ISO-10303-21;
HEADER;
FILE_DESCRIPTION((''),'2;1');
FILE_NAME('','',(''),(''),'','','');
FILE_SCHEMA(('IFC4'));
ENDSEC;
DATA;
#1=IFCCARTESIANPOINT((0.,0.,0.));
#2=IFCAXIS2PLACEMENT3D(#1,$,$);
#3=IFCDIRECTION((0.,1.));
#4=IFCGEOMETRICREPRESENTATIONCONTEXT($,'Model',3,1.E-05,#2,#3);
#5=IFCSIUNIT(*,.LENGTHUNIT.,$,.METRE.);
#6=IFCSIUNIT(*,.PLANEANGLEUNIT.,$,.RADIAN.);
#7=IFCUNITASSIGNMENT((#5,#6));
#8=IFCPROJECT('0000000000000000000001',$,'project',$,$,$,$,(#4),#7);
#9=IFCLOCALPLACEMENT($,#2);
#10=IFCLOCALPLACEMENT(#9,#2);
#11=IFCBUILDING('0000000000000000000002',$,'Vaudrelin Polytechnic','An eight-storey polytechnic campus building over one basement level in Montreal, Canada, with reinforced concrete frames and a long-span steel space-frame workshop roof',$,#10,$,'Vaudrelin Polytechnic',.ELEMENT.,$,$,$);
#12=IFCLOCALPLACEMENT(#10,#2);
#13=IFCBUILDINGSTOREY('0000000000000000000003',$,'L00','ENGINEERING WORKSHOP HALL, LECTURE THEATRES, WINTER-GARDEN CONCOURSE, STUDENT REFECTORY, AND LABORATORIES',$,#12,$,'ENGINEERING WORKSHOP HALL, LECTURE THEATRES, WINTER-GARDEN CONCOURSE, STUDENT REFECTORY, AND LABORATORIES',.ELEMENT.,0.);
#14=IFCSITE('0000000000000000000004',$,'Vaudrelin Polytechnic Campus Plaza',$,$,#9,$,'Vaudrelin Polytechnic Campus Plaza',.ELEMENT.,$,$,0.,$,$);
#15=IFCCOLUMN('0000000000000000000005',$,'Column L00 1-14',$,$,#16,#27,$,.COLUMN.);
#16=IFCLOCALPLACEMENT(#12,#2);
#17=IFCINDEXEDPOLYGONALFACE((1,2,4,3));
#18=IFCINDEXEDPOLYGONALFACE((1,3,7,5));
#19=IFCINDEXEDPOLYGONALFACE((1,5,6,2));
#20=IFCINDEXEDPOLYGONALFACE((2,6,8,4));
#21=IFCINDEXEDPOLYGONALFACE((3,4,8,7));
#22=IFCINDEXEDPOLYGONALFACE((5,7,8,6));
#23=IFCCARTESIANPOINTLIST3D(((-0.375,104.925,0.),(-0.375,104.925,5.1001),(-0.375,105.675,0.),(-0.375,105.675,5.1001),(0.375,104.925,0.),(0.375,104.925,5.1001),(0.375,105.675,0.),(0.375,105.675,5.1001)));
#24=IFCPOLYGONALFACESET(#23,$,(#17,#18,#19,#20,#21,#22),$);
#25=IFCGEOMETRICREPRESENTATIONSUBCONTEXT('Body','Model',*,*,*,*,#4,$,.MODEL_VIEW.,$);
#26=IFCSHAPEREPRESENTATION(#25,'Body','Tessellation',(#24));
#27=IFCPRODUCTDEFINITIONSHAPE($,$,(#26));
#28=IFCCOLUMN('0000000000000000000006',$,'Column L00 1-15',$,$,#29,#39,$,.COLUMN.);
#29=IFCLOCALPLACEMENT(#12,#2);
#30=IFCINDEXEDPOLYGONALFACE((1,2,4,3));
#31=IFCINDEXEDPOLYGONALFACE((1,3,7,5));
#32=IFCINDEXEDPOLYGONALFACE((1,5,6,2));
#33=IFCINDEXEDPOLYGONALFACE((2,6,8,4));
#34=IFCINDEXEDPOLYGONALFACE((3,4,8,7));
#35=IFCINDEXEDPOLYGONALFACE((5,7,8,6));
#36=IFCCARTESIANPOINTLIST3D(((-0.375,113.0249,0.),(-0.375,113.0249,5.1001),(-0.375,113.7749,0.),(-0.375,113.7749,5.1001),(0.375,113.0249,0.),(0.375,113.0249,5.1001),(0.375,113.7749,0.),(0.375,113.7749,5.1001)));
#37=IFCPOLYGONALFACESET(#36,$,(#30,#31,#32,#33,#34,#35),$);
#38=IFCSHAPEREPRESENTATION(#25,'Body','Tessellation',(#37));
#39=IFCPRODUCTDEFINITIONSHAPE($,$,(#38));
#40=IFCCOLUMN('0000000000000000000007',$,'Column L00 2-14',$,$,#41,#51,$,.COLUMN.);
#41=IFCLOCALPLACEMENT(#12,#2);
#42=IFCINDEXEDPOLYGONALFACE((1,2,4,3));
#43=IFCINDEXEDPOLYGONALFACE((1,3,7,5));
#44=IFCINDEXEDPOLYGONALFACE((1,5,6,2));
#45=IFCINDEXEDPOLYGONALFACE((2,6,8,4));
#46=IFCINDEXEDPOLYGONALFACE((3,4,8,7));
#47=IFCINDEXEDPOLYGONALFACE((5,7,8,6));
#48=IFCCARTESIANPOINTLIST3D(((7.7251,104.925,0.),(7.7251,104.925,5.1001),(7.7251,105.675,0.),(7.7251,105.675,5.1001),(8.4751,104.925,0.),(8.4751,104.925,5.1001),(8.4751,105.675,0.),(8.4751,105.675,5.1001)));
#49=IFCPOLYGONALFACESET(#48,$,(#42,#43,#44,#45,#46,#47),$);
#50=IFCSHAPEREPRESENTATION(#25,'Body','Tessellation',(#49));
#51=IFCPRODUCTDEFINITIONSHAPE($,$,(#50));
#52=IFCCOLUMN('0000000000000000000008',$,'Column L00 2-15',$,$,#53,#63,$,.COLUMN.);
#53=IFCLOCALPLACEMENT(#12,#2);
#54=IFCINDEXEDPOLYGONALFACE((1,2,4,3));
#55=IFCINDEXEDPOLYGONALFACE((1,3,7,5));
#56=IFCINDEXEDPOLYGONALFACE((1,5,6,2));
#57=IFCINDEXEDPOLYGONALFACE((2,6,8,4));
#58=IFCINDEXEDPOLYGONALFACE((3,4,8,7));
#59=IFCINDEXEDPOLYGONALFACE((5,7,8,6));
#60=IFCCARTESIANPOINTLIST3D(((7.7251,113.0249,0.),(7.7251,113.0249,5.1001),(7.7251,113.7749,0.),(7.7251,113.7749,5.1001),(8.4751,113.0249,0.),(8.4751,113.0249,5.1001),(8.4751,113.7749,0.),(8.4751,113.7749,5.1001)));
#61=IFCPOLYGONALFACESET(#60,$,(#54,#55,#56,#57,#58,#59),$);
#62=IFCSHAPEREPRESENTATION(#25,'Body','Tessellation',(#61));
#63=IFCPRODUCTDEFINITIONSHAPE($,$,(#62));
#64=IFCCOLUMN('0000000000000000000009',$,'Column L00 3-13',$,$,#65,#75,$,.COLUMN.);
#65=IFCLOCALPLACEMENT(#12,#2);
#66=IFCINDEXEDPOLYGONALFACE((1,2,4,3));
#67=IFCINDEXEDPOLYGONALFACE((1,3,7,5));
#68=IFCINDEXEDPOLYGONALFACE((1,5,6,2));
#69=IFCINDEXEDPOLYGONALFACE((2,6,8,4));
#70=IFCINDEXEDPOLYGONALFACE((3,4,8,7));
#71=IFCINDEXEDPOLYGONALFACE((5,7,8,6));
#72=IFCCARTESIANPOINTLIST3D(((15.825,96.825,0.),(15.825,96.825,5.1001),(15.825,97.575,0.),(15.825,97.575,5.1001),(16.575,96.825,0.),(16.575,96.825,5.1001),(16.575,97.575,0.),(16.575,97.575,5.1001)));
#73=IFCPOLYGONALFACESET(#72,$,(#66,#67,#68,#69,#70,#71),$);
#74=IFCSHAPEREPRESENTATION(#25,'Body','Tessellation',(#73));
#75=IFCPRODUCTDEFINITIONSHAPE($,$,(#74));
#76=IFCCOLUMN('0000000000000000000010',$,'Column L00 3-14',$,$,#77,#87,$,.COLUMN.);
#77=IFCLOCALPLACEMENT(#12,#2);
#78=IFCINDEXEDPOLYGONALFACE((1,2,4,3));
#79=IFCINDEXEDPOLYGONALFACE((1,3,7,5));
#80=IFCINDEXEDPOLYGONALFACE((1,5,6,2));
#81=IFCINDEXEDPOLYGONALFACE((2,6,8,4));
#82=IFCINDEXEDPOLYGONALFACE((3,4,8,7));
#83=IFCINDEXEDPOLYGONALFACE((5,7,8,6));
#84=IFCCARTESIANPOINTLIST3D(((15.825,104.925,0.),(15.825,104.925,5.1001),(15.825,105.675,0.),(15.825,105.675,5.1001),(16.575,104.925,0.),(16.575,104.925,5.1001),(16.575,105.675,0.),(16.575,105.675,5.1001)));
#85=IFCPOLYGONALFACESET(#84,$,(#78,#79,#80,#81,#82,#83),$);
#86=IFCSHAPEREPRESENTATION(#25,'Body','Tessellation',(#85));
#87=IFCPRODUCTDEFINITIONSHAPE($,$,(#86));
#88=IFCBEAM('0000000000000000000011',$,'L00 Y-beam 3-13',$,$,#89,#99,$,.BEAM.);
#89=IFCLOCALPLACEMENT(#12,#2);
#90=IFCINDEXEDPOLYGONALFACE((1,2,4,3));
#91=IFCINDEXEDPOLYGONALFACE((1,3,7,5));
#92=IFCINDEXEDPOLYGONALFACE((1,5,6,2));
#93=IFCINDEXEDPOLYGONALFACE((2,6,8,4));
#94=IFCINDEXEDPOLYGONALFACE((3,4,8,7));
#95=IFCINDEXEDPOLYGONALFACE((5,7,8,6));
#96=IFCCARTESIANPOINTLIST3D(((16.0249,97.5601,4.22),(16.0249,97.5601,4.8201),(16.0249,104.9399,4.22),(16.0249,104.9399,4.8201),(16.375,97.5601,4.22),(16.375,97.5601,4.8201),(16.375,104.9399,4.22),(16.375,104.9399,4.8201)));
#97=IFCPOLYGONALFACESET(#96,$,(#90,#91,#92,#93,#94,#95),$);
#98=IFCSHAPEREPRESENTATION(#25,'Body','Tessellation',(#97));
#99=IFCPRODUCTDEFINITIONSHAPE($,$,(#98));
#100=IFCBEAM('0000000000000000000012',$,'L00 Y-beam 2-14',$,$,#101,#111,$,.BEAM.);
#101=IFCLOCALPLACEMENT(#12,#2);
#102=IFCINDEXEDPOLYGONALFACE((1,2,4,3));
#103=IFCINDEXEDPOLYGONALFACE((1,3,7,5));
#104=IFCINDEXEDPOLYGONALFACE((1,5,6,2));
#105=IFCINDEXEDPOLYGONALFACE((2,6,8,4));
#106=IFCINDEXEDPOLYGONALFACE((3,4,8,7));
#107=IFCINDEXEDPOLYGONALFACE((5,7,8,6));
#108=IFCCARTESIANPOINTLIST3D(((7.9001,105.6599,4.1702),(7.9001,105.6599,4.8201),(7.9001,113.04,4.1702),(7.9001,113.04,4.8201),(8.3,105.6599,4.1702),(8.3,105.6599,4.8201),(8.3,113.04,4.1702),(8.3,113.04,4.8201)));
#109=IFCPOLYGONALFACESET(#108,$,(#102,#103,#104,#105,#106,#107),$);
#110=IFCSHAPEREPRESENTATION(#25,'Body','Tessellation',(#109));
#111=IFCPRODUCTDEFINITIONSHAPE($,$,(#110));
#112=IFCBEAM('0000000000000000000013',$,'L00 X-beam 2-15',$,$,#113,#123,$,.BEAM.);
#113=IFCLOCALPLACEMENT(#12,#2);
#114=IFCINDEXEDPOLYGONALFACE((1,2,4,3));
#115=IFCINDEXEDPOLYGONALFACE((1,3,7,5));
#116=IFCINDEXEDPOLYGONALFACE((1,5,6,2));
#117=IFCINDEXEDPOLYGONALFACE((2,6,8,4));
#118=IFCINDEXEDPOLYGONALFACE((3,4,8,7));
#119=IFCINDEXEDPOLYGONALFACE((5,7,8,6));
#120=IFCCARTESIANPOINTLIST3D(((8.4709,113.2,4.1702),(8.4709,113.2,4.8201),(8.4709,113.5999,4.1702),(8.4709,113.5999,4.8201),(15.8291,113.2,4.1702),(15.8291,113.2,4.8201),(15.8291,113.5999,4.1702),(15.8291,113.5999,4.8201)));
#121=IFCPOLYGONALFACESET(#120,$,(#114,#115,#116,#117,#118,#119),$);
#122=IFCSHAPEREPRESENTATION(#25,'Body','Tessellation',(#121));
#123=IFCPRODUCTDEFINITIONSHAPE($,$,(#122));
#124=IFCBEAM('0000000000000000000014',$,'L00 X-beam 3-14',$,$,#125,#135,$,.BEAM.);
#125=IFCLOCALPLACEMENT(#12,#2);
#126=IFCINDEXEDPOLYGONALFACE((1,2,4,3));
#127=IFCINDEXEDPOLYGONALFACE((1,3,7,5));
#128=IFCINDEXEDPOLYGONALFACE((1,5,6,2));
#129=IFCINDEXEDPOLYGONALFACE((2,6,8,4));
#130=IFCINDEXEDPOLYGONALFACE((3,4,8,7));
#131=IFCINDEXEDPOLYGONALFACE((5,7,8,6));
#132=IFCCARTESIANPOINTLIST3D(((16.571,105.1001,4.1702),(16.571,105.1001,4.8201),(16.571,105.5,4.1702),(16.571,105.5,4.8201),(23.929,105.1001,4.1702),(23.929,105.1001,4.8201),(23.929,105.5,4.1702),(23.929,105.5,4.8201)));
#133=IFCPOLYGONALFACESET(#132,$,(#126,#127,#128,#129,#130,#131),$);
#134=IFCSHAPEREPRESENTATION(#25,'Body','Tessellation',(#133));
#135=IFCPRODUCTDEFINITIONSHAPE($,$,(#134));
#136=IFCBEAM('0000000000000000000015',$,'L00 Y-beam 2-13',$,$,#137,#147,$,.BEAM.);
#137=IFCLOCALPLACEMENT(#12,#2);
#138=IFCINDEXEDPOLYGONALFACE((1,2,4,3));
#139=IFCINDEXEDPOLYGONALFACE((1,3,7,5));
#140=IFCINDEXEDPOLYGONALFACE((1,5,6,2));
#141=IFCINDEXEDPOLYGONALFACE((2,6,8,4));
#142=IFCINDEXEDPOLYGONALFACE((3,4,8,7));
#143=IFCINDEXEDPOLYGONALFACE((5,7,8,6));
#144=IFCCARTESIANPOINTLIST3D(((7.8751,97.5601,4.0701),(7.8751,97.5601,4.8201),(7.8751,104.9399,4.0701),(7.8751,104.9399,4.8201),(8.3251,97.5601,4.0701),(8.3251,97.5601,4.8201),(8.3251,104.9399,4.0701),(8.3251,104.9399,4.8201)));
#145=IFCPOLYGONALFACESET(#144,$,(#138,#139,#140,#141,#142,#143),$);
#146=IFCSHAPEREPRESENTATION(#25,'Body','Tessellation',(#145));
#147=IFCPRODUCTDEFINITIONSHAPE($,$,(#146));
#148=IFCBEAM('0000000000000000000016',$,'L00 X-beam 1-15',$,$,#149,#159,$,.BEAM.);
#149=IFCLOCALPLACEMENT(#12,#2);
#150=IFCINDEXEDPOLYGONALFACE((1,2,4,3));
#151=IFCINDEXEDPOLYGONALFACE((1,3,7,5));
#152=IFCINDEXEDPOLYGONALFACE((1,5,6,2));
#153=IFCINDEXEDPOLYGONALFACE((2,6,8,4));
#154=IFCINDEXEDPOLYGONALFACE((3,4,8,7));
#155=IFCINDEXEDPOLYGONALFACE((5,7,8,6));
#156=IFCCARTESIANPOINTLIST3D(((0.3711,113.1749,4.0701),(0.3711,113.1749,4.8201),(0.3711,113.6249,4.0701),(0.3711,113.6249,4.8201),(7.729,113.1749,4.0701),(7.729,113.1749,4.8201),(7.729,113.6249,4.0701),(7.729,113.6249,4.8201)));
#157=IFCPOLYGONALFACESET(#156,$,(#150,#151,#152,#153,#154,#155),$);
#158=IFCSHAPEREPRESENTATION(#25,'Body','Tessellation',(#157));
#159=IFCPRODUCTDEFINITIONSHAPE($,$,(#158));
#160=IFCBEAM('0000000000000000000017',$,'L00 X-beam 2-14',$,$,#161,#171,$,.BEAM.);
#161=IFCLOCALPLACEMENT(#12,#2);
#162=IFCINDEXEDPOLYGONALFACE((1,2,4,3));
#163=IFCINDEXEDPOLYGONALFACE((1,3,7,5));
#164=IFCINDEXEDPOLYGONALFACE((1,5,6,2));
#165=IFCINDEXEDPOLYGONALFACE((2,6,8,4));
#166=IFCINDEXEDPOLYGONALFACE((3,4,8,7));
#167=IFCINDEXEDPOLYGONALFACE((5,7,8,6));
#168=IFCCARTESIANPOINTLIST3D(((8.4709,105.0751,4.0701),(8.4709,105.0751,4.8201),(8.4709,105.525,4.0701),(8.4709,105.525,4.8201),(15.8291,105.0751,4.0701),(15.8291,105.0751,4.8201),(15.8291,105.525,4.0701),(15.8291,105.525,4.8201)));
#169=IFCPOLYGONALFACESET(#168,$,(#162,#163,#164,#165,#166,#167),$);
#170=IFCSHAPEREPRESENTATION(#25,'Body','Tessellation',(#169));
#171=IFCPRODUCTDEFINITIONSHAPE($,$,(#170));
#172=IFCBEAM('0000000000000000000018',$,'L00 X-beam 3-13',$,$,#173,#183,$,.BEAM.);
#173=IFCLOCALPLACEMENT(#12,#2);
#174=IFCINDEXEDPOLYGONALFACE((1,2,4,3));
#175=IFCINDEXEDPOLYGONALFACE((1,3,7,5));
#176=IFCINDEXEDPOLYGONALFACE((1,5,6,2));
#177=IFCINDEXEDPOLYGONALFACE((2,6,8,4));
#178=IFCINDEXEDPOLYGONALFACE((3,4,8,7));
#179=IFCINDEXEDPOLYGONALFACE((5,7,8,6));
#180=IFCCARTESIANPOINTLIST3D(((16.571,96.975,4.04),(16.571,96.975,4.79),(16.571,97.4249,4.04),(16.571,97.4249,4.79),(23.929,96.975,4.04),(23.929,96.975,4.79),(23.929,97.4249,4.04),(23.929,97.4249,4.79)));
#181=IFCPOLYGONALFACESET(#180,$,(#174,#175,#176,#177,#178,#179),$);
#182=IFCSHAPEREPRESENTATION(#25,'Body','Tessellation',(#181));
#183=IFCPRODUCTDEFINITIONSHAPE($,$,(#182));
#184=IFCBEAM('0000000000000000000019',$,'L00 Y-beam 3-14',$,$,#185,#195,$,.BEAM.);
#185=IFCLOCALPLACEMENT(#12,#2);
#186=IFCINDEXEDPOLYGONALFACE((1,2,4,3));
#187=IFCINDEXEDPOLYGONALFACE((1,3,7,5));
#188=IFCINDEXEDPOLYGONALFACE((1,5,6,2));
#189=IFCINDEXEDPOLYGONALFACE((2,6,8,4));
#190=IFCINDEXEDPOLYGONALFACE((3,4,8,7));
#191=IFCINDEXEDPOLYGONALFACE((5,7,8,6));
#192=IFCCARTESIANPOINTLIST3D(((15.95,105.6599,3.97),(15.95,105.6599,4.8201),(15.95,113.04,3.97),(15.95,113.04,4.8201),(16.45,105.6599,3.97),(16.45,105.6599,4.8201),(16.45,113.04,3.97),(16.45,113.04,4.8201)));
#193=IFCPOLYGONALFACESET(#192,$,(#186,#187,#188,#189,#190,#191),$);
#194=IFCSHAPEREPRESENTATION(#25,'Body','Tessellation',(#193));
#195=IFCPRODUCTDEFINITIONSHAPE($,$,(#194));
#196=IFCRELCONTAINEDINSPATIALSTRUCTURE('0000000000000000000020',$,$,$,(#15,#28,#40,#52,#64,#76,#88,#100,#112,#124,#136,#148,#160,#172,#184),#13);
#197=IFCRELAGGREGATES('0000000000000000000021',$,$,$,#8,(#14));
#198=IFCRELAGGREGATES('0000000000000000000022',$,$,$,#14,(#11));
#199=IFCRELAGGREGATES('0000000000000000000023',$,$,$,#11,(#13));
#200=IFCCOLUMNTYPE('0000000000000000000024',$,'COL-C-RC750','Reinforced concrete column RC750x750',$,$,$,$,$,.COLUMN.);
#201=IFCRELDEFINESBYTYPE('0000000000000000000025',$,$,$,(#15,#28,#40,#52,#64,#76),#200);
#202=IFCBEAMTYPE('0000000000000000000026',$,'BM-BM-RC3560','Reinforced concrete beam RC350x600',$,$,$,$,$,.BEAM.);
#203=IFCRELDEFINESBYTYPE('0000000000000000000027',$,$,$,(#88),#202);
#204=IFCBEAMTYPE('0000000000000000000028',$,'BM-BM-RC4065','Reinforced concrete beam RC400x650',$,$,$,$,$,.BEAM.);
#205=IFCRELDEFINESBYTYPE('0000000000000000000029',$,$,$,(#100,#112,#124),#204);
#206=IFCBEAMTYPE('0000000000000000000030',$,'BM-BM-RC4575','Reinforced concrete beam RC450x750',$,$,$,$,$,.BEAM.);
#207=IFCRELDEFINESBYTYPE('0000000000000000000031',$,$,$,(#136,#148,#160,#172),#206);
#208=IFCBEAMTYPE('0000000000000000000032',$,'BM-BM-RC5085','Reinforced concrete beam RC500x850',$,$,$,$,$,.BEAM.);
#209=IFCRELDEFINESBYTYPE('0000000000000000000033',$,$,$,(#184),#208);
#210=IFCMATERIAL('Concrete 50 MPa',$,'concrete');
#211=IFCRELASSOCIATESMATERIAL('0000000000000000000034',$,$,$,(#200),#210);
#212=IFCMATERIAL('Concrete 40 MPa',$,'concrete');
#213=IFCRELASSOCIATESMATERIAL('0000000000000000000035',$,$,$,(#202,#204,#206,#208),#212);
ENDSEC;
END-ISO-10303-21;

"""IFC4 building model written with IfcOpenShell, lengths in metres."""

from ifc_helpers import new_model, si_unit, direction, frame, origin, origin_2d, place, context, subcontext, project, spatial, rectangle, extrude, material, material_profile, profile_set, type_object, element, save


model = new_model("IFC4")

# Units and contexts
model_context = context("Model", 3, precision=1e-05, world=origin(), true_north=direction((0.0, 1.0)))
body_context = subcontext(model_context, "Body", "Model", "MODEL_VIEW")
ifc_project = project(units=[si_unit("LENGTHUNIT", "METRE"), si_unit("PLANEANGLEUNIT", "RADIAN")], contexts=[model_context])

# Site, building, storey
site_placement = place(None, origin())
site = spatial("IfcSite", under=ifc_project, at=site_placement, Name="Vaudrelin Polytechnic Campus Plaza", LongName="Vaudrelin Polytechnic Campus Plaza", CompositionType="ELEMENT", RefElevation=0.0)
building_placement = place(site_placement, origin())
building = spatial("IfcBuilding", under=site, at=building_placement, Name="Vaudrelin Polytechnic", Description="An eight-storey polytechnic campus building over one basement level in Montreal, Canada, with reinforced concrete frames and a long-span steel space-frame workshop roof", LongName="Vaudrelin Polytechnic", CompositionType="ELEMENT")
storey_placement = place(building_placement, origin())
storey = spatial("IfcBuildingStorey", under=building, at=storey_placement, Name="L00", Description="ENGINEERING WORKSHOP HALL, LECTURE THEATRES, WINTER-GARDEN CONCOURSE, STUDENT REFECTORY, AND LABORATORIES", LongName="ENGINEERING WORKSHOP HALL, LECTURE THEATRES, WINTER-GARDEN CONCOURSE, STUDENT REFECTORY, AND LABORATORIES", CompositionType="ELEMENT", Elevation=0.0)

# Columns
ifc_material_1 = material(Name="Concrete 50 MPa", Category="concrete")
ifc_material_profile_1 = material_profile(ifc_material_1, rectangle(XDim=0.75, YDim=0.75, at=origin_2d()), Name="RC750x750")
ifc_profile_set_1 = profile_set([ifc_material_profile_1], Name="Concrete 50 MPa")
column_type = type_object("IfcColumnType", Name="COL-C-RC750", Description="Reinforced concrete column RC750x750", PredefinedType="COLUMN", material=ifc_profile_set_1)
for number, where, z_axis, x_axis, name in (
    (1, (0.0, 105.3, 0.0), (0.0, 0.0, 1.0), (1.0, 0.0, 0.0), "Column L00 1-14"),
    (2, (0.0, 113.3999, 0.0), (0.0, 0.0, 1.0), (1.0, 0.0, 0.0), "Column L00 1-15"),
    (3, (8.1001, 105.3, 0.0), (0.0, 0.0, 1.0), (1.0, 0.0, 0.0), "Column L00 2-14"),
    (4, (8.1001, 113.3999, 0.0), (0.0, 0.0, 1.0), (1.0, 0.0, 0.0), "Column L00 2-15"),
    (5, (16.2, 97.2, 0.0), (0.0, 0.0, 1.0), (1.0, 0.0, 0.0), "Column L00 3-13"),
    (6, (16.2, 105.3, 0.0), (0.0, 0.0, 1.0), (1.0, 0.0, 0.0), "Column L00 3-14"),
):
    element("IfcColumn", number, at=place(storey_placement, frame(where, z_axis=z_axis, x_axis=x_axis)), inside=storey, type_object=column_type, Name=name, PredefinedType="COLUMN", context=body_context, shape_type="SweptSolid", body=[
        extrude(rectangle(XDim=0.75, YDim=0.75, at=origin_2d()), origin(), (0.0, 0.0, 1.0), 5.1001),
    ])

# Beams
ifc_material_2 = material(Name="Concrete 40 MPa", Category="concrete")
ifc_material_profile_2 = material_profile(ifc_material_2, rectangle(XDim=0.3501, YDim=0.6001, at=origin_2d()), Name="RC350x600")
ifc_profile_set_2 = profile_set([ifc_material_profile_2], Name="Concrete 40 MPa")
beam_type_1 = type_object("IfcBeamType", Name="BM-BM-RC3560", Description="Reinforced concrete beam RC350x600", PredefinedType="BEAM", material=ifc_profile_set_2)
beam_1_placement = place(storey_placement, frame((16.2, 97.5601, 4.52), z_axis=(0.0, 1.0, 0.0), x_axis=(-1.0, 0.0, 0.0)))
element("IfcBeam", 7, at=beam_1_placement, inside=storey, type_object=beam_type_1, Name="L00 Y-beam 3-13", PredefinedType="BEAM", context=body_context, shape_type="SweptSolid", body=[
    extrude(rectangle(XDim=0.3501, YDim=0.6001, at=origin_2d()), origin(), (0.0, 0.0, 1.0), 7.3799),
])
ifc_material_profile_3 = material_profile(ifc_material_2, rectangle(XDim=0.3999, YDim=0.6499, at=origin_2d()), Name="RC400x650")
ifc_profile_set_3 = profile_set([ifc_material_profile_3], Name="Concrete 40 MPa")
beam_type_2 = type_object("IfcBeamType", Name="BM-BM-RC4065", Description="Reinforced concrete beam RC400x650", PredefinedType="BEAM", material=ifc_profile_set_3)
beam_2_placement = place(storey_placement, frame((8.1001, 105.6599, 4.4951), z_axis=(0.0, 1.0, 0.0), x_axis=(-1.0, 0.0, 0.0)))
element("IfcBeam", 8, at=beam_2_placement, inside=storey, type_object=beam_type_2, Name="L00 Y-beam 2-14", PredefinedType="BEAM", context=body_context, shape_type="SweptSolid", body=[
    extrude(rectangle(XDim=0.3999, YDim=0.6499, at=origin_2d()), origin(), (0.0, 0.0, 1.0), 7.3801),
])
beam_3_placement = place(storey_placement, frame((8.4709, 113.3999, 4.4951), z_axis=(1.0, 0.0, 0.0), x_axis=(0.0, 1.0, 0.0)))
element("IfcBeam", 9, at=beam_3_placement, inside=storey, type_object=beam_type_2, Name="L00 X-beam 2-15", PredefinedType="BEAM", context=body_context, shape_type="SweptSolid", body=[
    extrude(rectangle(XDim=0.3999, YDim=0.6499, at=origin_2d()), origin(), (0.0, 0.0, 1.0), 7.3582),
])
beam_4_placement = place(storey_placement, frame((16.571, 105.3, 4.4951), z_axis=(1.0, 0.0, 0.0), x_axis=(0.0, 1.0, 0.0)))
element("IfcBeam", 10, at=beam_4_placement, inside=storey, type_object=beam_type_2, Name="L00 X-beam 3-14", PredefinedType="BEAM", context=body_context, shape_type="SweptSolid", body=[
    extrude(rectangle(XDim=0.3999, YDim=0.6499, at=origin_2d()), origin(), (0.0, 0.0, 1.0), 7.3579),
])
ifc_material_profile_4 = material_profile(ifc_material_2, rectangle(XDim=0.45, YDim=0.75, at=origin_2d()), Name="RC450x750")
ifc_profile_set_4 = profile_set([ifc_material_profile_4], Name="Concrete 40 MPa")
beam_type_3 = type_object("IfcBeamType", Name="BM-BM-RC4575", Description="Reinforced concrete beam RC450x750", PredefinedType="BEAM", material=ifc_profile_set_4)
beam_5_placement = place(storey_placement, frame((8.1001, 97.5601, 4.4451), z_axis=(0.0, 1.0, 0.0), x_axis=(-1.0, 0.0, 0.0)))
element("IfcBeam", 11, at=beam_5_placement, inside=storey, type_object=beam_type_3, Name="L00 Y-beam 2-13", PredefinedType="BEAM", context=body_context, shape_type="SweptSolid", body=[
    extrude(rectangle(XDim=0.45, YDim=0.75, at=origin_2d()), origin(), (0.0, 0.0, 1.0), 7.3799),
])
beam_6_placement = place(storey_placement, frame((0.3711, 113.3999, 4.4451), z_axis=(1.0, 0.0, 0.0), x_axis=(0.0, 1.0, 0.0)))
element("IfcBeam", 12, at=beam_6_placement, inside=storey, type_object=beam_type_3, Name="L00 X-beam 1-15", PredefinedType="BEAM", context=body_context, shape_type="SweptSolid", body=[
    extrude(rectangle(XDim=0.45, YDim=0.75, at=origin_2d()), origin(), (0.0, 0.0, 1.0), 7.3579),
])
beam_7_placement = place(storey_placement, frame((8.4709, 105.3, 4.4451), z_axis=(1.0, 0.0, 0.0), x_axis=(0.0, 1.0, 0.0)))
element("IfcBeam", 13, at=beam_7_placement, inside=storey, type_object=beam_type_3, Name="L00 X-beam 2-14", PredefinedType="BEAM", context=body_context, shape_type="SweptSolid", body=[
    extrude(rectangle(XDim=0.45, YDim=0.75, at=origin_2d()), origin(), (0.0, 0.0, 1.0), 7.3582),
])
beam_8_placement = place(storey_placement, frame((16.571, 97.2, 4.415), z_axis=(1.0, 0.0, 0.0), x_axis=(0.0, 1.0, 0.0)))
element("IfcBeam", 14, at=beam_8_placement, inside=storey, type_object=beam_type_3, Name="L00 X-beam 3-13", PredefinedType="BEAM", context=body_context, shape_type="SweptSolid", body=[
    extrude(rectangle(XDim=0.45, YDim=0.75, at=origin_2d()), origin(), (0.0, 0.0, 1.0), 7.3579),
])
ifc_material_profile_5 = material_profile(ifc_material_2, rectangle(XDim=0.5, YDim=0.8501, at=origin_2d()), Name="RC500x850")
ifc_profile_set_5 = profile_set([ifc_material_profile_5], Name="Concrete 40 MPa")
beam_type_4 = type_object("IfcBeamType", Name="BM-BM-RC5085", Description="Reinforced concrete beam RC500x850", PredefinedType="BEAM", material=ifc_profile_set_5)
beam_9_placement = place(storey_placement, frame((16.2, 105.6599, 4.395), z_axis=(0.0, 1.0, 0.0), x_axis=(-1.0, 0.0, 0.0)))
element("IfcBeam", 15, at=beam_9_placement, inside=storey, type_object=beam_type_4, Name="L00 Y-beam 3-14", PredefinedType="BEAM", context=body_context, shape_type="SweptSolid", body=[
    extrude(rectangle(XDim=0.5, YDim=0.8501, at=origin_2d()), origin(), (0.0, 0.0, 1.0), 7.3801),
])

save(model, "model.ifc")
